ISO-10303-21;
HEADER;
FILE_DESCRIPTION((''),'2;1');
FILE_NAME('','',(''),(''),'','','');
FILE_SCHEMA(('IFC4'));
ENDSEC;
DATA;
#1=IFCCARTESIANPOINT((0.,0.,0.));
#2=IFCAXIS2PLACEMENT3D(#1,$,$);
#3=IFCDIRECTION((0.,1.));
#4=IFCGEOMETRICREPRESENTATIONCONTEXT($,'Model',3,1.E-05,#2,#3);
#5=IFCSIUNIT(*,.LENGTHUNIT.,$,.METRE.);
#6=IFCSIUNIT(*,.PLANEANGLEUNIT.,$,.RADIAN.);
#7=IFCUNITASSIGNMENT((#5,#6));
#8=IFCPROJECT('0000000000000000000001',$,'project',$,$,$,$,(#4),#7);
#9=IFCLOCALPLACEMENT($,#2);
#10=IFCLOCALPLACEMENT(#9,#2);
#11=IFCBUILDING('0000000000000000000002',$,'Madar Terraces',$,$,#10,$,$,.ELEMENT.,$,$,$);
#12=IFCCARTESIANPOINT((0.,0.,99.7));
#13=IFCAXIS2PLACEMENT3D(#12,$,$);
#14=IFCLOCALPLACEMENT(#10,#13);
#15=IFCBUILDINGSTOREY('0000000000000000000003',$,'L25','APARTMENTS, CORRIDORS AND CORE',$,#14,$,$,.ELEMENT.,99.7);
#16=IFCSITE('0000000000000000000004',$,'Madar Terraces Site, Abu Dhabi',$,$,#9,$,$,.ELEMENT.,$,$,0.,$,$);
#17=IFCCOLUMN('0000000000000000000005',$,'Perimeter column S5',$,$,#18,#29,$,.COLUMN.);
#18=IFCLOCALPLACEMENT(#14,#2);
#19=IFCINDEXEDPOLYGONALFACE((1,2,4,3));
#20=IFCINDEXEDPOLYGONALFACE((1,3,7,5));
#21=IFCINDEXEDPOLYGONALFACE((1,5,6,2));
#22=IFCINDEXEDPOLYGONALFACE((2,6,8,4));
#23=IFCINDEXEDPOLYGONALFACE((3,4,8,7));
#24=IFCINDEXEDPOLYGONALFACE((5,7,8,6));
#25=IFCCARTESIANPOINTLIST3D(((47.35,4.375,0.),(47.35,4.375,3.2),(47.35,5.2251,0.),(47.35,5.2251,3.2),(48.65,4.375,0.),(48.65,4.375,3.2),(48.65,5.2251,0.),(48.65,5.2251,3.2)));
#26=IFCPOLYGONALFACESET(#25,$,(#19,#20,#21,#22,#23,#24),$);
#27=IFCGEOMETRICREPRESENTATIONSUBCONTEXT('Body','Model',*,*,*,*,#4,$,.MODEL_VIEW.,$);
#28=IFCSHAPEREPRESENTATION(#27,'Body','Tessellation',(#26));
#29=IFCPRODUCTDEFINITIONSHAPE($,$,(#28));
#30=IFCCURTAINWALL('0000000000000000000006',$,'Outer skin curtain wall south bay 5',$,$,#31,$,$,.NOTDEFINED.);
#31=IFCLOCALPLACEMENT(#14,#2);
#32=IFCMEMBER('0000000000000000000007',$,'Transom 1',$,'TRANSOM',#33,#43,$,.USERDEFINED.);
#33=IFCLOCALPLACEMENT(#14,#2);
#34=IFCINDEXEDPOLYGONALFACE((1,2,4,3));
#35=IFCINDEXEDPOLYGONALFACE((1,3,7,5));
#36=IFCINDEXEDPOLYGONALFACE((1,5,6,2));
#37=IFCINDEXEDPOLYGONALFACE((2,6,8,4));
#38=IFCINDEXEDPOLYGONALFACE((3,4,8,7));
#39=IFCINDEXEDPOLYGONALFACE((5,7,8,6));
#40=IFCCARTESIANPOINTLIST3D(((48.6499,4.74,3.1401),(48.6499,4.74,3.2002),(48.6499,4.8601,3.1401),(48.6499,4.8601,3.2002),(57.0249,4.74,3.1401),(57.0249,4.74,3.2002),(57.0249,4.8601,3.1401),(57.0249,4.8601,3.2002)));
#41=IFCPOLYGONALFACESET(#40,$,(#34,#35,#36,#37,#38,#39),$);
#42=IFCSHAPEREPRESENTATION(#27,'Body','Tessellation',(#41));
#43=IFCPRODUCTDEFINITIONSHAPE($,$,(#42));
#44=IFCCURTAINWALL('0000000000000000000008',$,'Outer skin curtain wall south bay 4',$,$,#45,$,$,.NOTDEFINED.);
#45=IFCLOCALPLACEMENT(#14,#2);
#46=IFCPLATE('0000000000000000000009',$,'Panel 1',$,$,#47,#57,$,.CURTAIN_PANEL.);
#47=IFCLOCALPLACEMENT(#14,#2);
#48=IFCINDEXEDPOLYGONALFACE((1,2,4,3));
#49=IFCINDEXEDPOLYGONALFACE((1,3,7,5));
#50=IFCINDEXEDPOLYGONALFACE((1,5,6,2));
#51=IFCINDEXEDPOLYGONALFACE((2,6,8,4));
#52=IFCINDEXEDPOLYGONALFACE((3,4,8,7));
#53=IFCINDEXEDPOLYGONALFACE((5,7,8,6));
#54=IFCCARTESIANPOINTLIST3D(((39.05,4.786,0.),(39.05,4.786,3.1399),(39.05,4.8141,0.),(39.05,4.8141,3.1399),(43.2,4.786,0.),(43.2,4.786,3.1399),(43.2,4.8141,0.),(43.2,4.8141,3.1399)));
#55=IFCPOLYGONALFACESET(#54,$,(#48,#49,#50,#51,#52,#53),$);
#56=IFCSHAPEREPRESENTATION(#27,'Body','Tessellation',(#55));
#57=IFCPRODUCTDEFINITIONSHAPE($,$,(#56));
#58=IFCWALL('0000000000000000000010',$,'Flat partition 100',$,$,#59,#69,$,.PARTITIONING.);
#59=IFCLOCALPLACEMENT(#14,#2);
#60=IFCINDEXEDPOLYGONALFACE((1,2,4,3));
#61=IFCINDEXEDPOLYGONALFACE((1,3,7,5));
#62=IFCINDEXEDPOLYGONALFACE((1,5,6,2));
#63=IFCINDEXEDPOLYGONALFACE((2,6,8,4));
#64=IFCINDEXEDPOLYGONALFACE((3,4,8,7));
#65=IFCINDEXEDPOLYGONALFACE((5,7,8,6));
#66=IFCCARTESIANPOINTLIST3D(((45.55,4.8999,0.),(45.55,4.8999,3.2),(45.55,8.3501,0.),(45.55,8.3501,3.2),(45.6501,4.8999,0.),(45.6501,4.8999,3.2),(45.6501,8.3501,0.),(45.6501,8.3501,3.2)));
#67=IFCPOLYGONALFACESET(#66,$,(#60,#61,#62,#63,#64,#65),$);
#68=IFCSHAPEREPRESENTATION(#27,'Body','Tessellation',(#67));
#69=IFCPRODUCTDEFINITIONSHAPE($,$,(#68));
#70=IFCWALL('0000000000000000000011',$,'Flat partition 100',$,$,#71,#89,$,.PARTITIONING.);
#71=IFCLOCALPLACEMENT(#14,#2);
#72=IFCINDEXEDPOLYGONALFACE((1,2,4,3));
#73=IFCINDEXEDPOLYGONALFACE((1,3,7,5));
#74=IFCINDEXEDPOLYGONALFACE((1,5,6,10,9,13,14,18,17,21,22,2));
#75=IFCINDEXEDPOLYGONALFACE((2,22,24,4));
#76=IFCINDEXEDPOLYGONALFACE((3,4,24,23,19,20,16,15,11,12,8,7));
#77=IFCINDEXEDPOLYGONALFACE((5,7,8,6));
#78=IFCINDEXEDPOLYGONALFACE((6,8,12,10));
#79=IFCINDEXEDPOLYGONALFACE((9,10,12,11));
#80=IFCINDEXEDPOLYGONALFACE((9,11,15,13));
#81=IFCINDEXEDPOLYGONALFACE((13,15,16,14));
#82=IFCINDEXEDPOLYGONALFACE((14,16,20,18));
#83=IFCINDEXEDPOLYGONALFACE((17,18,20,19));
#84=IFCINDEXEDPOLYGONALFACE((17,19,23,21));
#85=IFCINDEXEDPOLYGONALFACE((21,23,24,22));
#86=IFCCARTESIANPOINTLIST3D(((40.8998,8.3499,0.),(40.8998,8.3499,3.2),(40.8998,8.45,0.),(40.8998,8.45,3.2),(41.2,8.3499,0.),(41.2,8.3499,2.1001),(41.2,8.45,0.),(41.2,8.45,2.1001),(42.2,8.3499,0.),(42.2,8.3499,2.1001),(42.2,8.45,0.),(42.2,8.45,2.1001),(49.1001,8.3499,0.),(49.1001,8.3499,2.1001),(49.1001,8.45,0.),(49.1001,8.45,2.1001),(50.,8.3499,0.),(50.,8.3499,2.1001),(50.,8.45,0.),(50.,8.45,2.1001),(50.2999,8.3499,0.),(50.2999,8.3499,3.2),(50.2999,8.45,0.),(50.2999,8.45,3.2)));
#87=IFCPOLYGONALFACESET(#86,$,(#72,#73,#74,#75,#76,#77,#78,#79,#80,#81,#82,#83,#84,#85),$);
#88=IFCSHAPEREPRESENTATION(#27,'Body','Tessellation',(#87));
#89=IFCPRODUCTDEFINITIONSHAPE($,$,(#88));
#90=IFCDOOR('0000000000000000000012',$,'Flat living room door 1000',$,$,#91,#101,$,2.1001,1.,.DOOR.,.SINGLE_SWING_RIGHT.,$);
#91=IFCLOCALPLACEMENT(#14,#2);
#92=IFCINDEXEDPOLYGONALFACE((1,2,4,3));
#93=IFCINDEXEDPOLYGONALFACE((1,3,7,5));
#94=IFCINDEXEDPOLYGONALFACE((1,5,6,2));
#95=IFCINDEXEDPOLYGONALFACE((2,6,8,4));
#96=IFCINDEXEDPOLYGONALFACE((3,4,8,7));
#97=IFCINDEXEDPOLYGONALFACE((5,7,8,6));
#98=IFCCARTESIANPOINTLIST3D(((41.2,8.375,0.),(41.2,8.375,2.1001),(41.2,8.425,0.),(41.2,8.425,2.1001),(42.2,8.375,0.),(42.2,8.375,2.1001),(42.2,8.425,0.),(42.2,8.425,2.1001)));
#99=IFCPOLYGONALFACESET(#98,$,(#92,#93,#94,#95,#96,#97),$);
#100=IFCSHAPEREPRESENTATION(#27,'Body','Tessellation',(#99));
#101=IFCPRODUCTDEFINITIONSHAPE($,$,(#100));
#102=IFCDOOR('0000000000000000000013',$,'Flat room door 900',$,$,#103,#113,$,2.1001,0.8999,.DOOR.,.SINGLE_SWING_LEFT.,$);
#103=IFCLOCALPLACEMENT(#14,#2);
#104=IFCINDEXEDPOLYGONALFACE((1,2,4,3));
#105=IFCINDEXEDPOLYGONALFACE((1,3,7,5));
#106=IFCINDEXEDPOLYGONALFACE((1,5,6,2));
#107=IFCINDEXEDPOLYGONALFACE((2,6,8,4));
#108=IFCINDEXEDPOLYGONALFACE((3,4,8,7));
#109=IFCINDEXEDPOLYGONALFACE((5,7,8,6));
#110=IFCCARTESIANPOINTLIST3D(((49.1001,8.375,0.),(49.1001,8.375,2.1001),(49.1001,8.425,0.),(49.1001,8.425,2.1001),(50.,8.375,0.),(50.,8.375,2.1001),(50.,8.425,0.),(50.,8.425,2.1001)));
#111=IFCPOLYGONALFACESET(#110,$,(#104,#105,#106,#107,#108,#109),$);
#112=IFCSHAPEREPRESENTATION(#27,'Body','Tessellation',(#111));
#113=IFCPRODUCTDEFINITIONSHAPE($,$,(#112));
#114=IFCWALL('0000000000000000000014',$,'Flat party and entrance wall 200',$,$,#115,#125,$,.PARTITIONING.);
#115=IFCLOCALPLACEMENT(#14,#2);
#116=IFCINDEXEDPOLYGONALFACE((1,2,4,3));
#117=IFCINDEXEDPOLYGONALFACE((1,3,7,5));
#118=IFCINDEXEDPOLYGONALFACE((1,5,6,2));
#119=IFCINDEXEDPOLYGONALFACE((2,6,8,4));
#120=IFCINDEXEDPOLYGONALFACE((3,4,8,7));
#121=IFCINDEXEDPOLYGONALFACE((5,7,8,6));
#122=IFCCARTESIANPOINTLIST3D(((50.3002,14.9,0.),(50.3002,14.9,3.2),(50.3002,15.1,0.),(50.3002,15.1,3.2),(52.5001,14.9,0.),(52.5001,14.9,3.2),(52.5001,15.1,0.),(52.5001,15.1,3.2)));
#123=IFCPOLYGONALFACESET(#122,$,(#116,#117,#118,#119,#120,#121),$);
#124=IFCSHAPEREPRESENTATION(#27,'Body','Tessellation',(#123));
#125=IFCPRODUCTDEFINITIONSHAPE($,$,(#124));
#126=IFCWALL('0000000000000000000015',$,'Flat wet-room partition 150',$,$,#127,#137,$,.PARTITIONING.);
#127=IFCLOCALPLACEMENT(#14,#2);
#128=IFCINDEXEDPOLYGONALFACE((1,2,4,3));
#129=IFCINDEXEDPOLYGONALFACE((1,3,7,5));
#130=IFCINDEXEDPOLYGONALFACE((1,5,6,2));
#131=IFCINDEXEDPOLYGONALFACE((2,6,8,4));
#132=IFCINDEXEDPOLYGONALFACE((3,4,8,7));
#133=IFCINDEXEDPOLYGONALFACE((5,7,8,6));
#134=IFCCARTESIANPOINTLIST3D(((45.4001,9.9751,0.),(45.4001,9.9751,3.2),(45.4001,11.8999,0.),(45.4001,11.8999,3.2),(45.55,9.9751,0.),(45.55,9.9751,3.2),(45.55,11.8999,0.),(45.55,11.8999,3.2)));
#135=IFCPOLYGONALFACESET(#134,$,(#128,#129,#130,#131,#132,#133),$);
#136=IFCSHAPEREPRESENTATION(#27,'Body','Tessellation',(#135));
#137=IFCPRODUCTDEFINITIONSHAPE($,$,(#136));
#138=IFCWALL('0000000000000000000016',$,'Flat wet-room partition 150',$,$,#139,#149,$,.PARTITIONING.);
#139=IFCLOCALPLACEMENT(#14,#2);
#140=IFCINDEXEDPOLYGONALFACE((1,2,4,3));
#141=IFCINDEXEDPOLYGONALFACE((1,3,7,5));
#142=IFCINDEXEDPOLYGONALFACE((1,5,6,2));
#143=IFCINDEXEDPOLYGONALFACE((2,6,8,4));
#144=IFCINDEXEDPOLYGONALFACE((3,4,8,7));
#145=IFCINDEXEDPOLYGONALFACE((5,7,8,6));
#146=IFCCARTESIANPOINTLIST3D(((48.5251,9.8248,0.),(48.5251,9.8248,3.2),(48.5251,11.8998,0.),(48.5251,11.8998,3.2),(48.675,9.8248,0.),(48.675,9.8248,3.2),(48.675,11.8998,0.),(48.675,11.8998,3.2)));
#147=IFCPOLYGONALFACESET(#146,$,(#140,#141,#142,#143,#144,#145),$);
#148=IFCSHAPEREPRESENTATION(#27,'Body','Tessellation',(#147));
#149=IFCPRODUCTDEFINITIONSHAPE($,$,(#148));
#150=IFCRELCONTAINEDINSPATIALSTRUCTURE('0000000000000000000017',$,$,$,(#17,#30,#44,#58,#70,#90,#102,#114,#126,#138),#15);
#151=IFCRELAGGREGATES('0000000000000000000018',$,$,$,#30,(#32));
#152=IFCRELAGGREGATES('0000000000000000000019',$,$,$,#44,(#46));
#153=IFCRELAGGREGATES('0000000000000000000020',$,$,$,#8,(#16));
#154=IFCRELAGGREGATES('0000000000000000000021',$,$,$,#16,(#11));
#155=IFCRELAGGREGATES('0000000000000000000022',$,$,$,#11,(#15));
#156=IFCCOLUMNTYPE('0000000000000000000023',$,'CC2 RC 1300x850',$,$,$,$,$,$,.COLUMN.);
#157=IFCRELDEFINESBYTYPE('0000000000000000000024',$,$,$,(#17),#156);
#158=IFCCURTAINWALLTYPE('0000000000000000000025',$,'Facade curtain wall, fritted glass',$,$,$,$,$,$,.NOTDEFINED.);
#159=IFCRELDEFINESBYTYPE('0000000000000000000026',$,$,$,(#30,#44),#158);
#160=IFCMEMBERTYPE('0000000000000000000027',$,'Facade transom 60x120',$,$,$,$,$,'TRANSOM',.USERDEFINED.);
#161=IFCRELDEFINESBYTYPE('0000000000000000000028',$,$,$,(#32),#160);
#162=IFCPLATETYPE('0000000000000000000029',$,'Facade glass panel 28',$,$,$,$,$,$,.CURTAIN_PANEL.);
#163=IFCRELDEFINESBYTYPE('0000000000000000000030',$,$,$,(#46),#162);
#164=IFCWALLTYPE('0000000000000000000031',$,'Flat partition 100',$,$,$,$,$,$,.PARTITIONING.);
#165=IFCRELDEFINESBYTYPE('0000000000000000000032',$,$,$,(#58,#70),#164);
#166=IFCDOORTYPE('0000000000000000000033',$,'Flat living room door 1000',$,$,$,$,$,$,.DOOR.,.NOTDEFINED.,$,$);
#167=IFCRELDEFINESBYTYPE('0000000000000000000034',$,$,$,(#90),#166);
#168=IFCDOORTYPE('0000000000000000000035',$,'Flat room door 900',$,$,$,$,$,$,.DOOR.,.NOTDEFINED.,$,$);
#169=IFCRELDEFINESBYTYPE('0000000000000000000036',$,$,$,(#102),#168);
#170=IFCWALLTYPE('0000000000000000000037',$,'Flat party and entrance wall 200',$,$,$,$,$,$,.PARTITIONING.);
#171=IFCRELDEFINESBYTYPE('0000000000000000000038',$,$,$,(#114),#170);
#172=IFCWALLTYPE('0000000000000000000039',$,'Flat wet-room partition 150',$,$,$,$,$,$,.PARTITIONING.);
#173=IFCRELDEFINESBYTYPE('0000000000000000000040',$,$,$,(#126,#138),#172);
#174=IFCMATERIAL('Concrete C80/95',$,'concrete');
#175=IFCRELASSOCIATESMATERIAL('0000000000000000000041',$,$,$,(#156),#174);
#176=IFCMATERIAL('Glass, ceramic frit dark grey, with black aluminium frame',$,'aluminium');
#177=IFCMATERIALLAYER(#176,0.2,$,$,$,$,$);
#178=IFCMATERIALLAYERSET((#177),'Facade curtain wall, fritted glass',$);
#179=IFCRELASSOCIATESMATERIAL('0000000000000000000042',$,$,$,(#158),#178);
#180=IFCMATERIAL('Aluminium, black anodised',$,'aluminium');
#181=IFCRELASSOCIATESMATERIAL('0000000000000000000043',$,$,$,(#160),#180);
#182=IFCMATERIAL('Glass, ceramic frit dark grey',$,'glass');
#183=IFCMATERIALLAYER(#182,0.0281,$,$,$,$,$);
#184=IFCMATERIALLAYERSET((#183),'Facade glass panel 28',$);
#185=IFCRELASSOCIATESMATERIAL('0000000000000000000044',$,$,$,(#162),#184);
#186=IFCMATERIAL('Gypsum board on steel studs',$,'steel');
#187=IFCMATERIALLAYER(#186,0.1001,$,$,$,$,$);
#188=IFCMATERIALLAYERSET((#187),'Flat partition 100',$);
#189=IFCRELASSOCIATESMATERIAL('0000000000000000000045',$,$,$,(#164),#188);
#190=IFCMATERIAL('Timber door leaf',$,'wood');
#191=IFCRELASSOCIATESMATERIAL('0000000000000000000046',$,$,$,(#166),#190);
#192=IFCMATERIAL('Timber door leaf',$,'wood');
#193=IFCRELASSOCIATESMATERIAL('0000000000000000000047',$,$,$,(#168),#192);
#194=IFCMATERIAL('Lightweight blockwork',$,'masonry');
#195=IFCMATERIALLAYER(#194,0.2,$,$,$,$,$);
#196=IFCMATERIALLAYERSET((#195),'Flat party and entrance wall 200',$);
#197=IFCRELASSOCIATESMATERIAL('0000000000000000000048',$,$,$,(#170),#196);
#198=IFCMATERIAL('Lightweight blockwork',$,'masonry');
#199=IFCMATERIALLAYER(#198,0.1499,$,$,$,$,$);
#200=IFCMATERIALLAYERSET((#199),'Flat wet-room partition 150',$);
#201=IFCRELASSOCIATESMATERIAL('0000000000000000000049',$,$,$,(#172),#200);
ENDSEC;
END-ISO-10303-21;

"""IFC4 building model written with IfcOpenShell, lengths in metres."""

from ifc_helpers import new_model, si_unit, direction, frame, frame_2d, origin, origin_2d, place, context, subcontext, project, spatial, rectangle, extrude, material, layer, layer_set, material_profile, profile_set, type_object, element, fill, aggregate, save


model = new_model("IFC4")

# Units and contexts
model_context = context("Model", 3, precision=1e-05, world=origin(), true_north=direction((0.0, 1.0)))
body_context = subcontext(model_context, "Body", "Model", "MODEL_VIEW")
ifc_project = project(units=[si_unit("LENGTHUNIT", "METRE"), si_unit("PLANEANGLEUNIT", "RADIAN")], contexts=[model_context])

# Site, building, storey
site_placement = place(None, origin())
site = spatial("IfcSite", under=ifc_project, at=site_placement, Name="Madar Terraces Site, Abu Dhabi", CompositionType="ELEMENT", RefElevation=0.0)
building_placement = place(site_placement, origin())
building = spatial("IfcBuilding", under=site, at=building_placement, Name="Madar Terraces", CompositionType="ELEMENT")
storey_placement = place(building_placement, frame((0.0, 0.0, 99.7)))
storey = spatial("IfcBuildingStorey", under=building, at=storey_placement, Name="L25", Description="APARTMENTS, CORRIDORS AND CORE", CompositionType="ELEMENT", Elevation=99.7)

# Column
ifc_material_1 = material(Name="Concrete C80/95", Category="concrete")
ifc_material_profile_1 = material_profile(ifc_material_1, rectangle(XDim=1.3, YDim=0.8501, at=origin_2d()), Name="CC2 RC 1300x850")
ifc_profile_set_1 = profile_set([ifc_material_profile_1], Name="Concrete C80/95")
column_type = type_object("IfcColumnType", Name="CC2 RC 1300x850", PredefinedType="COLUMN", material=ifc_profile_set_1)
column_placement = place(storey_placement, frame((48.0, 4.8, 0.0), z_axis=(0.0, 0.0, 1.0), x_axis=(1.0, 0.0, 0.0)))
element("IfcColumn", 1, at=column_placement, inside=storey, type_object=column_type, Name="Perimeter column S5", PredefinedType="COLUMN", context=body_context, shape_type="SweptSolid", body=[
    extrude(rectangle(XDim=1.3, YDim=0.8501, at=origin_2d()), origin(), (0.0, 0.0, 1.0), 3.2),
])

# Curtain wall, member
ifc_material_2 = material(Name="Glass, ceramic frit dark grey, with black aluminium frame", Category="aluminium")
ifc_layer_1 = layer(ifc_material_2, 0.2)
ifc_layer_set_1 = layer_set([ifc_layer_1], Name="Facade curtain wall, fritted glass")
curtain_wall_type = type_object("IfcCurtainWallType", Name="Facade curtain wall, fritted glass", PredefinedType="NOTDEFINED", material=ifc_layer_set_1)
curtain_wall_1_placement = place(storey_placement, origin())
curtain_wall_1 = element("IfcCurtainWall", 2, at=curtain_wall_1_placement, inside=storey, type_object=curtain_wall_type, Name="Outer skin curtain wall south bay 5", PredefinedType="NOTDEFINED")
ifc_material_3 = material(Name="Aluminium, black anodised", Category="aluminium")
ifc_material_profile_2 = material_profile(ifc_material_3, rectangle(XDim=0.1201, YDim=0.0601, at=origin_2d()), Name="Facade transom 60x120")
ifc_profile_set_2 = profile_set([ifc_material_profile_2], Name="Aluminium, black anodised")
member_type = type_object("IfcMemberType", Name="Facade transom 60x120", ElementType="TRANSOM", PredefinedType="USERDEFINED", material=ifc_profile_set_2)
member_placement = place(storey_placement, frame((48.6499, 4.8, 3.1702), z_axis=(1.0, 0.0, 0.0), x_axis=(0.0, 1.0, 0.0)))
member = element("IfcMember", 3, at=member_placement, type_object=member_type, Name="Transom 1", ObjectType="TRANSOM", PredefinedType="USERDEFINED", context=body_context, shape_type="SweptSolid", body=[
    extrude(rectangle(XDim=0.1201, YDim=0.0601, at=origin_2d()), origin(), (0.0, 0.0, 1.0), 8.375),
])
aggregate(curtain_wall_1, [member])

# Curtain wall, plate
curtain_wall_2_placement = place(storey_placement, origin())
curtain_wall_2 = element("IfcCurtainWall", 4, at=curtain_wall_2_placement, inside=storey, type_object=curtain_wall_type, Name="Outer skin curtain wall south bay 4", PredefinedType="NOTDEFINED")
ifc_material_4 = material(Name="Glass, ceramic frit dark grey", Category="glass")
ifc_layer_2 = layer(ifc_material_4, 0.0281)
ifc_layer_set_2 = layer_set([ifc_layer_2], Name="Facade glass panel 28")
plate_type = type_object("IfcPlateType", Name="Facade glass panel 28", PredefinedType="CURTAIN_PANEL", material=ifc_layer_set_2)
plate_placement = place(storey_placement, frame((41.125, 4.8, 0.0), z_axis=(0.0, 0.0, 1.0), x_axis=(1.0, 0.0, 0.0)))
plate = element("IfcPlate", 5, at=plate_placement, type_object=plate_type, Name="Panel 1", PredefinedType="CURTAIN_PANEL", context=body_context, shape_type="SweptSolid", body=[
    extrude(rectangle(XDim=4.1499, YDim=0.0281, at=origin_2d()), origin(), (0.0, 0.0, 1.0), 3.1399),
])
aggregate(curtain_wall_2, [plate])

# Wall
ifc_material_5 = material(Name="Gypsum board on steel studs", Category="steel")
ifc_layer_3 = layer(ifc_material_5, 0.1001)
ifc_layer_set_3 = layer_set([ifc_layer_3], Name="Flat partition 100")
wall_type_1 = type_object("IfcWallType", Name="Flat partition 100", PredefinedType="PARTITIONING", material=ifc_layer_set_3)
wall_1_placement = place(storey_placement, frame((45.6001, 8.3501, 0.0), z_axis=(0.0, 0.0, 1.0), x_axis=(0.0, -1.0, 0.0)))
element("IfcWall", 6, at=wall_1_placement, inside=storey, type_object=wall_type_1, Name="Flat partition 100", PredefinedType="PARTITIONING", context=body_context, shape_type="SweptSolid", body=[
    extrude(rectangle(XDim=3.4502, YDim=0.1001, at=frame_2d((1.7251, 0.0))), origin(), (0.0, 0.0, 1.0), 3.2),
])

# Wall, openings, doors
wall_2_placement = place(storey_placement, frame((50.3, 8.3999, 0.0), z_axis=(0.0, 0.0, 1.0), x_axis=(-1.0, 0.0, 0.0)))
wall_2 = element("IfcWall", 7, at=wall_2_placement, inside=storey, type_object=wall_type_1, Name="Flat partition 100", PredefinedType="PARTITIONING", context=body_context, shape_type="SweptSolid", body=[
    extrude(rectangle(XDim=9.4001, YDim=0.1001, at=frame_2d((4.7002, 0.0))), origin(), (0.0, 0.0, 1.0), 3.2),
])
opening_1_placement = place(wall_2_placement, frame((0.3, 0.0, 0.0)))
opening_1 = element("IfcOpeningElement", 8, at=opening_1_placement, cuts=wall_2, PredefinedType="OPENING", context=body_context, shape_type="SweptSolid", body=[
    extrude(rectangle(XDim=0.8999, YDim=2.1001, at=frame_2d((0.45, 1.05))), frame((0.0, 0.0601, 0.0), z_axis=(0.0, -1.0, 0.0), x_axis=(1.0, 0.0, 0.0)), (0.0, 0.0, 1.0), 0.1201),
])
opening_2_placement = place(wall_2_placement, frame((8.1001, 0.0, 0.0)))
opening_2 = element("IfcOpeningElement", 9, at=opening_2_placement, cuts=wall_2, PredefinedType="OPENING", context=body_context, shape_type="SweptSolid", body=[
    extrude(rectangle(XDim=1.0, YDim=2.1001, at=frame_2d((0.5, 1.05))), frame((0.0, 0.0601, 0.0), z_axis=(0.0, -1.0, 0.0), x_axis=(1.0, 0.0, 0.0)), (0.0, 0.0, 1.0), 0.1201),
])
ifc_material_6 = material(Name="Timber door leaf", Category="wood")
door_type_1 = type_object("IfcDoorType", Name="Flat living room door 1000", OperationType="NOTDEFINED", PredefinedType="DOOR", material=ifc_material_6)
door_1_placement = place(opening_2_placement, origin())
door_1 = element("IfcDoor", 10, at=door_1_placement, inside=storey, type_object=door_type_1, Name="Flat living room door 1000", OperationType="SINGLE_SWING_RIGHT", OverallHeight=2.1001, OverallWidth=1.0, PredefinedType="DOOR", context=body_context, shape_type="SweptSolid", body=[
    extrude(rectangle(XDim=1.0, YDim=2.1001, at=frame_2d((0.5, 1.05))), frame((0.0, 0.0249, 0.0), z_axis=(0.0, -1.0, 0.0), x_axis=(1.0, 0.0, 0.0)), (0.0, 0.0, 1.0), 0.05),
])
fill(opening_2, door_1)
ifc_material_7 = material(Name="Timber door leaf", Category="wood")
door_type_2 = type_object("IfcDoorType", Name="Flat room door 900", OperationType="NOTDEFINED", PredefinedType="DOOR", material=ifc_material_7)
door_2_placement = place(opening_1_placement, origin())
door_2 = element("IfcDoor", 11, at=door_2_placement, inside=storey, type_object=door_type_2, Name="Flat room door 900", OperationType="SINGLE_SWING_LEFT", OverallHeight=2.1001, OverallWidth=0.8999, PredefinedType="DOOR", context=body_context, shape_type="SweptSolid", body=[
    extrude(rectangle(XDim=0.8999, YDim=2.1001, at=frame_2d((0.45, 1.05))), frame((0.0, 0.0249, 0.0), z_axis=(0.0, -1.0, 0.0), x_axis=(1.0, 0.0, 0.0)), (0.0, 0.0, 1.0), 0.05),
])
fill(opening_1, door_2)

# Walls
ifc_material_8 = material(Name="Lightweight blockwork", Category="masonry")
ifc_layer_4 = layer(ifc_material_8, 0.2)
ifc_layer_set_4 = layer_set([ifc_layer_4], Name="Flat party and entrance wall 200")
wall_type_2 = type_object("IfcWallType", Name="Flat party and entrance wall 200", PredefinedType="PARTITIONING", material=ifc_layer_set_4)
wall_3_placement = place(storey_placement, frame((50.3, 15.0, 0.0), z_axis=(0.0, 0.0, 1.0), x_axis=(1.0, 0.0, 0.0)))
element("IfcWall", 12, at=wall_3_placement, inside=storey, type_object=wall_type_2, Name="Flat party and entrance wall 200", PredefinedType="PARTITIONING", context=body_context, shape_type="SweptSolid", body=[
    extrude(rectangle(XDim=2.2, YDim=0.2, at=frame_2d((1.1001, 0.0))), origin(), (0.0, 0.0, 1.0), 3.2),
])
ifc_material_9 = material(Name="Lightweight blockwork", Category="masonry")
ifc_layer_5 = layer(ifc_material_9, 0.1499)
ifc_layer_set_5 = layer_set([ifc_layer_5], Name="Flat wet-room partition 150")
wall_type_3 = type_object("IfcWallType", Name="Flat wet-room partition 150", PredefinedType="PARTITIONING", material=ifc_layer_set_5)
wall_4_placement = place(storey_placement, frame((45.4751, 11.8999, 0.0), z_axis=(0.0, 0.0, 1.0), x_axis=(0.0, -1.0, 0.0)))
element("IfcWall", 13, at=wall_4_placement, inside=storey, type_object=wall_type_3, Name="Flat wet-room partition 150", PredefinedType="PARTITIONING", context=body_context, shape_type="SweptSolid", body=[
    extrude(rectangle(XDim=1.9248, YDim=0.1499, at=frame_2d((0.9624, 0.0))), origin(), (0.0, 0.0, 1.0), 3.2),
])
wall_5_placement = place(storey_placement, frame((48.6001, 11.8999, 0.0), z_axis=(0.0, 0.0, 1.0), x_axis=(0.0, -1.0, 0.0)))
element("IfcWall", 14, at=wall_5_placement, inside=storey, type_object=wall_type_3, Name="Flat wet-room partition 150", PredefinedType="PARTITIONING", context=body_context, shape_type="SweptSolid", body=[
    extrude(rectangle(XDim=2.075, YDim=0.1499, at=frame_2d((1.0376, 0.0))), origin(), (0.0, 0.0, 1.0), 3.2),
])

save(model, "model.ifc")
